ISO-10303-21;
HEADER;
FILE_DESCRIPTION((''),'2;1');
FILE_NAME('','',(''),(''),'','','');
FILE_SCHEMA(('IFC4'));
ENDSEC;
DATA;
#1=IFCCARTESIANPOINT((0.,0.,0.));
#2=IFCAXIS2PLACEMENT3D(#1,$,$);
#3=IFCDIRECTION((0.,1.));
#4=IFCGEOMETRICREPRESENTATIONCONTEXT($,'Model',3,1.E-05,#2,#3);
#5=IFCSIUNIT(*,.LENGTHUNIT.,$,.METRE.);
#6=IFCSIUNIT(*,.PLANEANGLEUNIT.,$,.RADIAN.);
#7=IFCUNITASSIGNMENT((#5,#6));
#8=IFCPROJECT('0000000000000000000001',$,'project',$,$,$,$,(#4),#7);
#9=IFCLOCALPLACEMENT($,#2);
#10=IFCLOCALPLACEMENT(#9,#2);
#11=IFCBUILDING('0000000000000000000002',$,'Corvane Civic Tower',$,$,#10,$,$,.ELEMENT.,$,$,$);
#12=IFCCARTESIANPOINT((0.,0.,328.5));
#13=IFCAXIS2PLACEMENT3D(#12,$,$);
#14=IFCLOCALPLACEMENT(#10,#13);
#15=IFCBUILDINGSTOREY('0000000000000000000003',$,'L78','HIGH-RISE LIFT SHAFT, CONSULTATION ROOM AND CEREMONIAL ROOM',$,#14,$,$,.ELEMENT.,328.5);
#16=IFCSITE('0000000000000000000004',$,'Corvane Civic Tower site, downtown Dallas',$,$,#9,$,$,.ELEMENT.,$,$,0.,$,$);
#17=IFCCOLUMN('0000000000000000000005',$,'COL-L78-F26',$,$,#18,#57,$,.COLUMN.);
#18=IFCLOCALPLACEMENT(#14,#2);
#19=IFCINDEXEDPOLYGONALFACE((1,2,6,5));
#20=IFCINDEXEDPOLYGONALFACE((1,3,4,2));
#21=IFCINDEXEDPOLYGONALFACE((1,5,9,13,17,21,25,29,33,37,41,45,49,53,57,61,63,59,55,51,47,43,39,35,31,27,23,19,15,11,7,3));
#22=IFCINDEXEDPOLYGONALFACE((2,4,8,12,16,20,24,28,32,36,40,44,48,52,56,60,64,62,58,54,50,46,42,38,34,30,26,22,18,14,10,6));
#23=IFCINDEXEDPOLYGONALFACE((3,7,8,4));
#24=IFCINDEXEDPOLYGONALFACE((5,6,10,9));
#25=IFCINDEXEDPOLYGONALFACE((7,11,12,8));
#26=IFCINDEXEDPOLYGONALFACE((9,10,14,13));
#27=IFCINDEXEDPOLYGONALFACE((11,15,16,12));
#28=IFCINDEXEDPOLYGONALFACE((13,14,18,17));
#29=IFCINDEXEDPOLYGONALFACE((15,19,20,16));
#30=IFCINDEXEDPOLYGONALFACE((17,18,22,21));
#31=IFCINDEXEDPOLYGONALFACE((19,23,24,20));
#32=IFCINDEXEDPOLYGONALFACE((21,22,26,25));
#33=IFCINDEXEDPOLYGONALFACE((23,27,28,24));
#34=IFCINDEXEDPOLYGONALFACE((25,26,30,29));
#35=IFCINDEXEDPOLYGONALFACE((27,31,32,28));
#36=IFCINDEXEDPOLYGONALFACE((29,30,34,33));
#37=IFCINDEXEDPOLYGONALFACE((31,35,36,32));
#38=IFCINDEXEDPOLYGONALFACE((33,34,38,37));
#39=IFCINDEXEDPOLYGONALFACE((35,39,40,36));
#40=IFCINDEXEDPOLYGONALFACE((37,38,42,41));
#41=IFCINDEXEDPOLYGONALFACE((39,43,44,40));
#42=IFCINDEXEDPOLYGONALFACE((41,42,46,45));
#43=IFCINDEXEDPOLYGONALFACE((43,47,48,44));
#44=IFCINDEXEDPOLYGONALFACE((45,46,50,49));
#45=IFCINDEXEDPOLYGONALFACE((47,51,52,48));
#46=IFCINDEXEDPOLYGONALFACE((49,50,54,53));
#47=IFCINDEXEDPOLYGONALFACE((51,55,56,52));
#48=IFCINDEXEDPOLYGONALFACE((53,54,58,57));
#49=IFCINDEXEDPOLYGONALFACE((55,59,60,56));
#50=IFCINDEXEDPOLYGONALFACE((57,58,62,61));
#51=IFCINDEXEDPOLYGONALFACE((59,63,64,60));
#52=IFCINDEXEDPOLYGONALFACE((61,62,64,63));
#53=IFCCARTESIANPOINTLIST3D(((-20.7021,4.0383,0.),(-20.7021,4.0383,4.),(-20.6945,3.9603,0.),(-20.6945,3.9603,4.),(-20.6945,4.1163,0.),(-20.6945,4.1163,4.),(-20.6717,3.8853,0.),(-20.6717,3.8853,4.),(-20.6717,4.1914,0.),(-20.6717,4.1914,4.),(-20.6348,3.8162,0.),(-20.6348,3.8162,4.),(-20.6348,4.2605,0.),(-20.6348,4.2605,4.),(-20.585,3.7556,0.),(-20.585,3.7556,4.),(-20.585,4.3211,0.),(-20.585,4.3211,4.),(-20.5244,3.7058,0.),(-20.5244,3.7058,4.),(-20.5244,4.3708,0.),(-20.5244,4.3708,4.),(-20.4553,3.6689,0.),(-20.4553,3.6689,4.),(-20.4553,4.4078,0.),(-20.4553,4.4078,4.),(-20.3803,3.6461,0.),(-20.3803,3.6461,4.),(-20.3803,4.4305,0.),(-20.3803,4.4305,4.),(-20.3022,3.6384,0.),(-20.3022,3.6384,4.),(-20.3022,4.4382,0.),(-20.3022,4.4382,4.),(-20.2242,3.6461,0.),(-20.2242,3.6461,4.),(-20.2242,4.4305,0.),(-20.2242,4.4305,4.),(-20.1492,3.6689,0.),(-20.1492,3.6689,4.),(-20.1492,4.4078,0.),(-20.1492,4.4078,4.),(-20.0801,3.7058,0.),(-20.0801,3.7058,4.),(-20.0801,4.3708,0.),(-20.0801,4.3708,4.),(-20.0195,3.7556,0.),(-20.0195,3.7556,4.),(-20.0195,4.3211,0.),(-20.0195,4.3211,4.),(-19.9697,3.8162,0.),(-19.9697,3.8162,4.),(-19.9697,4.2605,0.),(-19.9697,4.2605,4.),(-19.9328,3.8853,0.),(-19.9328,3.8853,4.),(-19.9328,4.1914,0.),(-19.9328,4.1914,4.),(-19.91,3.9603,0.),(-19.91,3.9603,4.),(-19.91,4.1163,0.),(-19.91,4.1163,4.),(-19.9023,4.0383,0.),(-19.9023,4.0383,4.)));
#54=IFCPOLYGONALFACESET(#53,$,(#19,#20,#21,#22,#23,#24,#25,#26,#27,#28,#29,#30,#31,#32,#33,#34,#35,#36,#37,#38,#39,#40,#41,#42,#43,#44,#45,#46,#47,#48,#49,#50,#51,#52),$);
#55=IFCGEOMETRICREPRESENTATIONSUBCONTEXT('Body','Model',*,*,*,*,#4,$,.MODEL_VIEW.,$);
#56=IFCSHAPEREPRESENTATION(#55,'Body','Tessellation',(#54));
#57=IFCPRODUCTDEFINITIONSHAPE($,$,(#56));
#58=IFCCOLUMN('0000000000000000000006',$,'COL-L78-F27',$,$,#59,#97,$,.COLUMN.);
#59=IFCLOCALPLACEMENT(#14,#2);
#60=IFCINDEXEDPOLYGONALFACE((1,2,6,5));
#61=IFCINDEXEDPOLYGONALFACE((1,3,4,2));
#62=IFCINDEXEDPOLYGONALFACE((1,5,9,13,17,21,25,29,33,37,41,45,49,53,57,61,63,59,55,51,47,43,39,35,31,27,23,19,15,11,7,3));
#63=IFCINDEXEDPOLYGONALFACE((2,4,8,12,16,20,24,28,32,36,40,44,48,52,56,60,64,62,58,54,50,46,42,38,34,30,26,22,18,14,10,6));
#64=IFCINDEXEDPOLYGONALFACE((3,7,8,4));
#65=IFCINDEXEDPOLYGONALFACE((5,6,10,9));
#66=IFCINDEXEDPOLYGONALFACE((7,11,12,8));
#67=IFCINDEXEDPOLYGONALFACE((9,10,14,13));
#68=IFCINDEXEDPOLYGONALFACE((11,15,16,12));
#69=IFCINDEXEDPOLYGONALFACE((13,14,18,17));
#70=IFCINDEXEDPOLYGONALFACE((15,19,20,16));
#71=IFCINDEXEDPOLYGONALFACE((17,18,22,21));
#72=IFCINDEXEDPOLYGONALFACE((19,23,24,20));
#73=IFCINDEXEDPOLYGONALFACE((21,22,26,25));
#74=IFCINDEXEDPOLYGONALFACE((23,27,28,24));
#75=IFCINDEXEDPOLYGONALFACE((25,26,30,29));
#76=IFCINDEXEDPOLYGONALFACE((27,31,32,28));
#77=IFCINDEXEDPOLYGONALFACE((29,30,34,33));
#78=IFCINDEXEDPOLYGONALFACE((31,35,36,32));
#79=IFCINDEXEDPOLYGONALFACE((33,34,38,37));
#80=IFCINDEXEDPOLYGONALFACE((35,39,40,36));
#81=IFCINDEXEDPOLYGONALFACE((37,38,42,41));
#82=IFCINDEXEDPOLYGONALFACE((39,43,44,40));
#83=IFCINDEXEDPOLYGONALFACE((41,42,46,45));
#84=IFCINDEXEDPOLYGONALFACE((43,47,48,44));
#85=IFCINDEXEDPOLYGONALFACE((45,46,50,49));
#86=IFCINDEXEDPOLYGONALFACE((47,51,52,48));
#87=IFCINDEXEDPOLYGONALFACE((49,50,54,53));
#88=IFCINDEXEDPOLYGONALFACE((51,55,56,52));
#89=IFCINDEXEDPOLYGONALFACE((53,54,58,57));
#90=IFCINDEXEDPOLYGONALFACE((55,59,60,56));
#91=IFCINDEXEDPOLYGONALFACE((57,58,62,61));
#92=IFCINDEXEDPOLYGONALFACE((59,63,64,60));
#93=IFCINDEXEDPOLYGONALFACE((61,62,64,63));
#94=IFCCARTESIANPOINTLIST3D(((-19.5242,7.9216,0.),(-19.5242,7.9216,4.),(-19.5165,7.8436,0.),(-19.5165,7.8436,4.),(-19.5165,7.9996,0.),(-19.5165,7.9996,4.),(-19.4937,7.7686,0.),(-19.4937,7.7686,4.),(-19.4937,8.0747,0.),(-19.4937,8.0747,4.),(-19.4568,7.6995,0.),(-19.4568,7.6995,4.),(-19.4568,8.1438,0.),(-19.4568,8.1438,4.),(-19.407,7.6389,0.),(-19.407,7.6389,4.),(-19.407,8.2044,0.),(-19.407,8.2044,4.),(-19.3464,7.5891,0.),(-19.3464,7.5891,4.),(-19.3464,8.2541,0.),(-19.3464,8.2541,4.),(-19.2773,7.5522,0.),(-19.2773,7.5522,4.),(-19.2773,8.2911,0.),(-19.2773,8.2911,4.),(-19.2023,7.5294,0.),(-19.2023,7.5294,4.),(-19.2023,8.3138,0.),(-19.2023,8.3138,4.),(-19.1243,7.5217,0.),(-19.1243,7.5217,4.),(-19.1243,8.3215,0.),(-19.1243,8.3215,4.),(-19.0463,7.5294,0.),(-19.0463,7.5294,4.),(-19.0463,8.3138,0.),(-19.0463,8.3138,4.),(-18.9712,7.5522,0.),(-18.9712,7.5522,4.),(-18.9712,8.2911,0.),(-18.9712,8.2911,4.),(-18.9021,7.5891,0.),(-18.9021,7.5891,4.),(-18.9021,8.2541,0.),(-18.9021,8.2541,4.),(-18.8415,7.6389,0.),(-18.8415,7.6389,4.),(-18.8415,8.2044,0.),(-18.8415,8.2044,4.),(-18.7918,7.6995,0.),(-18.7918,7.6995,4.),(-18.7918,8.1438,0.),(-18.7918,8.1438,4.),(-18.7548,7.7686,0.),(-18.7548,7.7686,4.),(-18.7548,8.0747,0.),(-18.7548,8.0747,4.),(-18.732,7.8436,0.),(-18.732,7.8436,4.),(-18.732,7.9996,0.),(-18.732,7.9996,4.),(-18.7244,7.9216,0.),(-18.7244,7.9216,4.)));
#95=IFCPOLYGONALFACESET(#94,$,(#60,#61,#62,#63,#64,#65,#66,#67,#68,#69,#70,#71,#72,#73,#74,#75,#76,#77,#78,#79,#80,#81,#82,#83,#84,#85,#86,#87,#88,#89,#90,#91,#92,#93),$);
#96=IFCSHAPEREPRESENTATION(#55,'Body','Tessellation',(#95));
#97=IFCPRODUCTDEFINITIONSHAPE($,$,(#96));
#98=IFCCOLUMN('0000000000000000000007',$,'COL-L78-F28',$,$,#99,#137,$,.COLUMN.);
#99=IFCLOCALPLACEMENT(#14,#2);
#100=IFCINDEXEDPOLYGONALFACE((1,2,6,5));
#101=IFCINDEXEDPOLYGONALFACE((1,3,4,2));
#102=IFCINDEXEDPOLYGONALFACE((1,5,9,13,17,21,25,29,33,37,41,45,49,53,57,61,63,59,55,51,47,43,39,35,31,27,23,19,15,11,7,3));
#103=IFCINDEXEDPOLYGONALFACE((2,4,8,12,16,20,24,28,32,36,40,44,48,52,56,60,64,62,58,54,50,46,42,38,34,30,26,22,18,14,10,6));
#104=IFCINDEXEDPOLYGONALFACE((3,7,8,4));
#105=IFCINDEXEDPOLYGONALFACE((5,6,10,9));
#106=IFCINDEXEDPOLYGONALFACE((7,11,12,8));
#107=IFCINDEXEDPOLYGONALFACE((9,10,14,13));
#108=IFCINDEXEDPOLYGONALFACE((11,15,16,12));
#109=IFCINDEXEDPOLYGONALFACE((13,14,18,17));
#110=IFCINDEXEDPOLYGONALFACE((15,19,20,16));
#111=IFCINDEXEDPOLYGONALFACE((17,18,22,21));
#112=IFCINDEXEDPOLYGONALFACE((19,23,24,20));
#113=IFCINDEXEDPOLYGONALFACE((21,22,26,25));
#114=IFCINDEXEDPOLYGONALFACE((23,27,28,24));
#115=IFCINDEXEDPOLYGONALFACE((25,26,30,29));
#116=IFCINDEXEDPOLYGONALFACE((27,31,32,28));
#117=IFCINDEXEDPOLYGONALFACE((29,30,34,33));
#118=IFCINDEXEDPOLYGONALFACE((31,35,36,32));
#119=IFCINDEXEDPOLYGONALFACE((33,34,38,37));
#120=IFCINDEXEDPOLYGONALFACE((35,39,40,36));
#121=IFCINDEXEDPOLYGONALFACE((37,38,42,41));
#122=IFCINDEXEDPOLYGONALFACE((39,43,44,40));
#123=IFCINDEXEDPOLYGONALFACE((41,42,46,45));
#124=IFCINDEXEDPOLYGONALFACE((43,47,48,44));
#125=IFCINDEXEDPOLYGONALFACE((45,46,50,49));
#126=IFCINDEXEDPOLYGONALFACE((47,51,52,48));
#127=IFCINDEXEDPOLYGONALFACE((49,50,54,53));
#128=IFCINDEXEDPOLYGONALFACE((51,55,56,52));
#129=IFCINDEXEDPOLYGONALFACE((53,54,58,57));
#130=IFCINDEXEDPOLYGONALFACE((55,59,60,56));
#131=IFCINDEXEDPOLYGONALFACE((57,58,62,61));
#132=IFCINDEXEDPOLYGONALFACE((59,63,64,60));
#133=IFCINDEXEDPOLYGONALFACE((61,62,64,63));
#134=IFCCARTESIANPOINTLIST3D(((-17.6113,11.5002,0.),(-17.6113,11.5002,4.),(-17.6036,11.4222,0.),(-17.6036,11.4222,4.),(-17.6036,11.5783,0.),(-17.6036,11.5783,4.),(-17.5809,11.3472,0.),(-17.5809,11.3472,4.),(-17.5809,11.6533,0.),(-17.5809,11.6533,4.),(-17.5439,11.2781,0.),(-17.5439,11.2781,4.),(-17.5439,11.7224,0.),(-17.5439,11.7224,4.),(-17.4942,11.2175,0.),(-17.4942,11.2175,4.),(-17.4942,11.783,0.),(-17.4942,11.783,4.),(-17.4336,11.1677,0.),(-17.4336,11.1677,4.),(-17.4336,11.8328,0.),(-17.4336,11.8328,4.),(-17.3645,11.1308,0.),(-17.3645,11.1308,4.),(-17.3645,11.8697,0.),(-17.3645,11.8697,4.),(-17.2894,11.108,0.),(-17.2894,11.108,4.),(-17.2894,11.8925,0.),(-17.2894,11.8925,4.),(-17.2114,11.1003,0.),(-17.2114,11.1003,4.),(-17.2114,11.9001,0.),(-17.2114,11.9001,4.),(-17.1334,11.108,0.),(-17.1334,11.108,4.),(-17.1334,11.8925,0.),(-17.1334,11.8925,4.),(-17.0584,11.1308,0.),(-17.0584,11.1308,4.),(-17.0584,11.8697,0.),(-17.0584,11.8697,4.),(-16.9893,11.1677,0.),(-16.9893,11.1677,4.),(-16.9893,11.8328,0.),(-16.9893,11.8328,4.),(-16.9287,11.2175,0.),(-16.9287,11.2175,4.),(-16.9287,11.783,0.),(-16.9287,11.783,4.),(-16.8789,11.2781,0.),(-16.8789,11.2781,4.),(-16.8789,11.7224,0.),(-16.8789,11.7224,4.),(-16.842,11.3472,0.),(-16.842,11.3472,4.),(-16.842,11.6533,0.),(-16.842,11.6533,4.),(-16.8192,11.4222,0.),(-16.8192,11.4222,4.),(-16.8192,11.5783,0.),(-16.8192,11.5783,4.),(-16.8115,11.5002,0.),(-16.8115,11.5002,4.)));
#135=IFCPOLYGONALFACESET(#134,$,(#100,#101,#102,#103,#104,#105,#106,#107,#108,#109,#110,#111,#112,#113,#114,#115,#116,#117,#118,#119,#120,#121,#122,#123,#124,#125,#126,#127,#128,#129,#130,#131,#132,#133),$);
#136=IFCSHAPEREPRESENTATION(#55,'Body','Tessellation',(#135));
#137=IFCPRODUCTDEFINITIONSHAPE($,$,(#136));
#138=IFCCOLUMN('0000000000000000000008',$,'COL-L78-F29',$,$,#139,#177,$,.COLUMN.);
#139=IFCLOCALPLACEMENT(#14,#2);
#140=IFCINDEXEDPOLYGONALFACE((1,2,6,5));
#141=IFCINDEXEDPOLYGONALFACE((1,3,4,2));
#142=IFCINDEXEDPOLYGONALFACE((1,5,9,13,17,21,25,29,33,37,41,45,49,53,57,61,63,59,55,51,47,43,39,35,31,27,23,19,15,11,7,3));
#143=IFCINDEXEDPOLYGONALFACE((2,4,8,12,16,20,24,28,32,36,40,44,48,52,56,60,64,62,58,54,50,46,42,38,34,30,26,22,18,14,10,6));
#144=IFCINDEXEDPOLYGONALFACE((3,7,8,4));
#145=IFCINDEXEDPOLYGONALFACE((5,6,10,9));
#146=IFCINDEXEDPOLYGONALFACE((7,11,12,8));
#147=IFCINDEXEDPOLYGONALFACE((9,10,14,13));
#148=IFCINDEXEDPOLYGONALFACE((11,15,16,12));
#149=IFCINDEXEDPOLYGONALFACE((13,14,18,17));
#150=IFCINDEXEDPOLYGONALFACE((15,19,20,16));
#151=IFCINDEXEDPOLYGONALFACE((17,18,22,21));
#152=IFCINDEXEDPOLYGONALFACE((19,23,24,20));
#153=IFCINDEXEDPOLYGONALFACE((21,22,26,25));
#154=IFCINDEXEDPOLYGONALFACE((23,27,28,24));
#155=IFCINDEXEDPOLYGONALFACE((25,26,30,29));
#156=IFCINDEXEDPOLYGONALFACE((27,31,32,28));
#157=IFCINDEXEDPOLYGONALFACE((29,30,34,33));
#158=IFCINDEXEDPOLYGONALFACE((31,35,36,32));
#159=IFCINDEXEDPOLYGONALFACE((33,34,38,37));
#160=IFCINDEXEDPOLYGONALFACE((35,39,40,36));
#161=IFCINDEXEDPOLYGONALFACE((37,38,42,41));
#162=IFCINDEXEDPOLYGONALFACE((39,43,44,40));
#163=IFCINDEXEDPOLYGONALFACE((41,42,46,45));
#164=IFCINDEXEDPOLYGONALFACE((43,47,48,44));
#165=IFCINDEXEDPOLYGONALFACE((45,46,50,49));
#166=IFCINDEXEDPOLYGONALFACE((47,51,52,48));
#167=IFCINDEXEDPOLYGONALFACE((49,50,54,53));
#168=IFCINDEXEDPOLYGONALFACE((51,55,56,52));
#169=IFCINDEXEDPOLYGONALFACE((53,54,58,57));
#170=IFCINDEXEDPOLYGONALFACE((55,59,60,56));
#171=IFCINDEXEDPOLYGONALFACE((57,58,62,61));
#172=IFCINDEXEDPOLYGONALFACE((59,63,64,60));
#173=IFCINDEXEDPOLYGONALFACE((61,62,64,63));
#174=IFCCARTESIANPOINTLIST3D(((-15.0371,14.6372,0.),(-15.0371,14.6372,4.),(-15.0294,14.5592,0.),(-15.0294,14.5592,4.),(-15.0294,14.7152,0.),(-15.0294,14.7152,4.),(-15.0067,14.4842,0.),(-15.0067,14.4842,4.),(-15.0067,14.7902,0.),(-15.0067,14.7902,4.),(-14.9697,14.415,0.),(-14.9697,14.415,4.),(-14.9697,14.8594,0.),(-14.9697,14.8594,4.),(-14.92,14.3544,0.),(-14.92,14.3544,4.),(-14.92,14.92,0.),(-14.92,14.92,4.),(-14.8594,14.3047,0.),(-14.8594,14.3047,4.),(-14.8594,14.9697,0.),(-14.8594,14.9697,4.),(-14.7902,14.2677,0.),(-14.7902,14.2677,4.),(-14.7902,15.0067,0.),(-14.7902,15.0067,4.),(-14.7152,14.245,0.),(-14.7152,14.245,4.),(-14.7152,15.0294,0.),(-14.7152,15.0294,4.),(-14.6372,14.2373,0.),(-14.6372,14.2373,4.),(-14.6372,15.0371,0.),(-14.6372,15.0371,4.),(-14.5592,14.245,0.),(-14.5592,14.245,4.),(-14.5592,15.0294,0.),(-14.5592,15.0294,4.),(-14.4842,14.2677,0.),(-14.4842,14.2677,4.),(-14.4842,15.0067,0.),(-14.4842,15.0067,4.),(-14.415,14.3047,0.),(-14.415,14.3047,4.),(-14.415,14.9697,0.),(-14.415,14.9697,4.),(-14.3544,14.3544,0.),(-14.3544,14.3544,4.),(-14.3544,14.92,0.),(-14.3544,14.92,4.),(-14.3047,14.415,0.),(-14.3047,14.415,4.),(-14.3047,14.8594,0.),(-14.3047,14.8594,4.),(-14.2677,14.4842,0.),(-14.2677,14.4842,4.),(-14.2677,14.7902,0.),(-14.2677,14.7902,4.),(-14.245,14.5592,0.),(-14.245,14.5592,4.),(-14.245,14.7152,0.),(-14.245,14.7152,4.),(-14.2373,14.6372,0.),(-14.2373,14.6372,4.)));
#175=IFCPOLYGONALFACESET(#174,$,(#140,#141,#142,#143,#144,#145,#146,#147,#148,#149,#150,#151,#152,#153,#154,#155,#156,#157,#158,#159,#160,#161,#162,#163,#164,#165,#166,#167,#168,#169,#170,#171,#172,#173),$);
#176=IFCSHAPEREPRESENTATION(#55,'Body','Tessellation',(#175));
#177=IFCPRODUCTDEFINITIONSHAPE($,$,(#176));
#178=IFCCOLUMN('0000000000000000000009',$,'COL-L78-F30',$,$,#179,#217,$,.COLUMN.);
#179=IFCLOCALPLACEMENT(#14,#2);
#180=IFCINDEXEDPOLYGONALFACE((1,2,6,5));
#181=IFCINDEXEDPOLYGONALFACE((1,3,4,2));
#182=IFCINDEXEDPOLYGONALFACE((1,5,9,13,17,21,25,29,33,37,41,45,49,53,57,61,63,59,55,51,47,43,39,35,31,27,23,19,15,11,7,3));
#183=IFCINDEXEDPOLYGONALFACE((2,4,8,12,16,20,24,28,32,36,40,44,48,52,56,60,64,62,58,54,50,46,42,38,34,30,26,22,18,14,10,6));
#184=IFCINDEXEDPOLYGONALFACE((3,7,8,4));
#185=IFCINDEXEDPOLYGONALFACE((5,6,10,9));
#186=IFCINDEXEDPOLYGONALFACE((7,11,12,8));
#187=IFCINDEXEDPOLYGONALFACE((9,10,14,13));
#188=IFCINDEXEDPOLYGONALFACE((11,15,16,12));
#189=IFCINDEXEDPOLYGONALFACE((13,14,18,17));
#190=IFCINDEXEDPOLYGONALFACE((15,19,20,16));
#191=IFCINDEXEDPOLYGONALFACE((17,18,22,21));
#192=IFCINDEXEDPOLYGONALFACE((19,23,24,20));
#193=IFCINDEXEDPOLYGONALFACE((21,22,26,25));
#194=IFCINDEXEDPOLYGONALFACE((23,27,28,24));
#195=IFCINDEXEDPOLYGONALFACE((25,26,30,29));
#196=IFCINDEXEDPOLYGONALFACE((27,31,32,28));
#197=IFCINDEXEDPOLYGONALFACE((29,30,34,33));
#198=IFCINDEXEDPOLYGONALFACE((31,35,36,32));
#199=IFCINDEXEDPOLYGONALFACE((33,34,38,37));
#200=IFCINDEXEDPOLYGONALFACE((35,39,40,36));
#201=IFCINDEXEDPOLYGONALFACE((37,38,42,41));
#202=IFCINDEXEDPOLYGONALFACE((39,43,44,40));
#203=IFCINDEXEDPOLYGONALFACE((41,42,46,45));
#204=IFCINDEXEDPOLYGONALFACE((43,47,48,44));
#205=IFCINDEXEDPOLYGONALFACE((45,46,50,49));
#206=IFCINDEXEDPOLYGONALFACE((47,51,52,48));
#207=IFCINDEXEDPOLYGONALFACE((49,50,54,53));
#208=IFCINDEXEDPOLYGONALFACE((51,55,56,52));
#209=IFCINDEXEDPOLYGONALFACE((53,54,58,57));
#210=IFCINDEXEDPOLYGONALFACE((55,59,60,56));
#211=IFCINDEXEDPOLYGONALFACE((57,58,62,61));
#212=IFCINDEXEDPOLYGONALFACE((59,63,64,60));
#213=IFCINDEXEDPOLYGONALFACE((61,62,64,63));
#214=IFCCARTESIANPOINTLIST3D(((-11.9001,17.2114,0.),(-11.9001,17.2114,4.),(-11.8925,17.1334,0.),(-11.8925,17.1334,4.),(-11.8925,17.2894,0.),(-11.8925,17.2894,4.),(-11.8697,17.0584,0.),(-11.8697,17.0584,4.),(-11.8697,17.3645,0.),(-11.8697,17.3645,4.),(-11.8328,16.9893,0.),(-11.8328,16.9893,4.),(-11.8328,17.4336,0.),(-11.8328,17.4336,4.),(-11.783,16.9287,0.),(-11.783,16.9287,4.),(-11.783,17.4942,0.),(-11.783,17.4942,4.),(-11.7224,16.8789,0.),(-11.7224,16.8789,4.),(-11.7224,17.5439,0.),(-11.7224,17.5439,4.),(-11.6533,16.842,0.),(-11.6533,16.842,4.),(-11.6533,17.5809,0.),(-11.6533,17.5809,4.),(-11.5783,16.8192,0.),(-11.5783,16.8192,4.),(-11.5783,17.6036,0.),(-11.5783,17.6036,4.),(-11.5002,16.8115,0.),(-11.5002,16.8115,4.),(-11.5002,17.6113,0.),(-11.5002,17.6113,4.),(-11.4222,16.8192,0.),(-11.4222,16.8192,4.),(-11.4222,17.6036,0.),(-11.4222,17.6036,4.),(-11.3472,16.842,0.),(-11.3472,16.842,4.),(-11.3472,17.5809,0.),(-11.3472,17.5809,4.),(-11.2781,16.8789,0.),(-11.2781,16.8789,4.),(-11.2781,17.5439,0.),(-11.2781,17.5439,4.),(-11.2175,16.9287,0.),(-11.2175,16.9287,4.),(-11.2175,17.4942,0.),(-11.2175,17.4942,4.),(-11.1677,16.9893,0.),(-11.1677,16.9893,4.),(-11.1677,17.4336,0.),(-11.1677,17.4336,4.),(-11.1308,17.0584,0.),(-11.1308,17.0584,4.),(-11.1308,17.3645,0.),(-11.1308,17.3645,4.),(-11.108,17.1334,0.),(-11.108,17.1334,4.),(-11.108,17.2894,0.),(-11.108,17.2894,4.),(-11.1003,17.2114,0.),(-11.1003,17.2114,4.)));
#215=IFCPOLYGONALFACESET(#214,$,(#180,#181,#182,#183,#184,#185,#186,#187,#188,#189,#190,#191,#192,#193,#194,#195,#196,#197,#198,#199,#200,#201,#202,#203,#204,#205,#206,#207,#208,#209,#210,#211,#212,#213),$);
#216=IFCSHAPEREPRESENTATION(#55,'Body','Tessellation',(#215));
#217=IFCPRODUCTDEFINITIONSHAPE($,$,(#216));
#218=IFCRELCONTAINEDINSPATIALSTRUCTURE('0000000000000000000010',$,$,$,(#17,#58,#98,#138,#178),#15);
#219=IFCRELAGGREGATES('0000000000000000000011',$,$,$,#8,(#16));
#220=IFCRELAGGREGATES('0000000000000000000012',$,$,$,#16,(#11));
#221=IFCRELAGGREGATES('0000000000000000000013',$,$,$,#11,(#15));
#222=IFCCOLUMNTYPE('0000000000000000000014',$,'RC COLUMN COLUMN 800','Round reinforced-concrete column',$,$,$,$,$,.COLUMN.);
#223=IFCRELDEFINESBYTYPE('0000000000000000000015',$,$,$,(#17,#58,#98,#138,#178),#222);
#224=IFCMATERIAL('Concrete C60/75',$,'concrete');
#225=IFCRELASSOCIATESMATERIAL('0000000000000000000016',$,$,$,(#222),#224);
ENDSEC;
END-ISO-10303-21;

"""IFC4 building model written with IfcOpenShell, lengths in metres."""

from ifc_helpers import new_model, si_unit, direction, frame, origin, origin_2d, place, context, subcontext, project, spatial, circle, extrude, material, material_profile, profile_set, type_object, element, save


model = new_model("IFC4")

# Units and contexts
model_context = context("Model", 3, precision=1e-05, world=origin(), true_north=direction((0.0, 1.0)))
body_context = subcontext(model_context, "Body", "Model", "MODEL_VIEW")
ifc_project = project(units=[si_unit("LENGTHUNIT", "METRE"), si_unit("PLANEANGLEUNIT", "RADIAN")], contexts=[model_context])

# Site, building, storey
site_placement = place(None, origin())
site = spatial("IfcSite", under=ifc_project, at=site_placement, Name="Corvane Civic Tower site, downtown Dallas", CompositionType="ELEMENT", RefElevation=0.0)
building_placement = place(site_placement, origin())
building = spatial("IfcBuilding", under=site, at=building_placement, Name="Corvane Civic Tower", CompositionType="ELEMENT")
storey_placement = place(building_placement, frame((0.0, 0.0, 328.5)))
storey = spatial("IfcBuildingStorey", under=building, at=storey_placement, Name="L78", Description="HIGH-RISE LIFT SHAFT, CONSULTATION ROOM AND CEREMONIAL ROOM", CompositionType="ELEMENT", Elevation=328.5)

# Columns
ifc_material_1 = material(Name="Concrete C60/75", Category="concrete")
ifc_material_profile_1 = material_profile(ifc_material_1, circle(Radius=0.3999, at=origin_2d()), Name="COLUMN 800")
ifc_profile_set_1 = profile_set([ifc_material_profile_1], Name="Concrete C60/75")
column_type = type_object("IfcColumnType", Name="RC COLUMN COLUMN 800", Description="Round reinforced-concrete column", PredefinedType="COLUMN", material=ifc_profile_set_1)
for number, where, z_axis, x_axis, name in (
    (1, (-20.3022, 4.0383, 0.0), (0.0, 0.0, 1.0), (1.0, 0.0, 0.0), "COL-L78-F26"),
    (2, (-19.1243, 7.9216, 0.0), (0.0, 0.0, 1.0), (1.0, 0.0, 0.0), "COL-L78-F27"),
    (3, (-17.2114, 11.5002, 0.0), (0.0, 0.0, 1.0), (1.0, 0.0, 0.0), "COL-L78-F28"),
    (4, (-14.6372, 14.6372, 0.0), (0.0, 0.0, 1.0), (1.0, 0.0, 0.0), "COL-L78-F29"),
    (5, (-11.5002, 17.2114, 0.0), (0.0, 0.0, 1.0), (1.0, 0.0, 0.0), "COL-L78-F30"),
):
    element("IfcColumn", number, at=place(storey_placement, frame(where, z_axis=z_axis, x_axis=x_axis)), inside=storey, type_object=column_type, Name=name, PredefinedType="COLUMN", context=body_context, shape_type="SweptSolid", body=[
        extrude(circle(Radius=0.3999, at=origin_2d()), origin(), (0.0, 0.0, 1.0), 4.0),
    ])

save(model, "model.ifc")
